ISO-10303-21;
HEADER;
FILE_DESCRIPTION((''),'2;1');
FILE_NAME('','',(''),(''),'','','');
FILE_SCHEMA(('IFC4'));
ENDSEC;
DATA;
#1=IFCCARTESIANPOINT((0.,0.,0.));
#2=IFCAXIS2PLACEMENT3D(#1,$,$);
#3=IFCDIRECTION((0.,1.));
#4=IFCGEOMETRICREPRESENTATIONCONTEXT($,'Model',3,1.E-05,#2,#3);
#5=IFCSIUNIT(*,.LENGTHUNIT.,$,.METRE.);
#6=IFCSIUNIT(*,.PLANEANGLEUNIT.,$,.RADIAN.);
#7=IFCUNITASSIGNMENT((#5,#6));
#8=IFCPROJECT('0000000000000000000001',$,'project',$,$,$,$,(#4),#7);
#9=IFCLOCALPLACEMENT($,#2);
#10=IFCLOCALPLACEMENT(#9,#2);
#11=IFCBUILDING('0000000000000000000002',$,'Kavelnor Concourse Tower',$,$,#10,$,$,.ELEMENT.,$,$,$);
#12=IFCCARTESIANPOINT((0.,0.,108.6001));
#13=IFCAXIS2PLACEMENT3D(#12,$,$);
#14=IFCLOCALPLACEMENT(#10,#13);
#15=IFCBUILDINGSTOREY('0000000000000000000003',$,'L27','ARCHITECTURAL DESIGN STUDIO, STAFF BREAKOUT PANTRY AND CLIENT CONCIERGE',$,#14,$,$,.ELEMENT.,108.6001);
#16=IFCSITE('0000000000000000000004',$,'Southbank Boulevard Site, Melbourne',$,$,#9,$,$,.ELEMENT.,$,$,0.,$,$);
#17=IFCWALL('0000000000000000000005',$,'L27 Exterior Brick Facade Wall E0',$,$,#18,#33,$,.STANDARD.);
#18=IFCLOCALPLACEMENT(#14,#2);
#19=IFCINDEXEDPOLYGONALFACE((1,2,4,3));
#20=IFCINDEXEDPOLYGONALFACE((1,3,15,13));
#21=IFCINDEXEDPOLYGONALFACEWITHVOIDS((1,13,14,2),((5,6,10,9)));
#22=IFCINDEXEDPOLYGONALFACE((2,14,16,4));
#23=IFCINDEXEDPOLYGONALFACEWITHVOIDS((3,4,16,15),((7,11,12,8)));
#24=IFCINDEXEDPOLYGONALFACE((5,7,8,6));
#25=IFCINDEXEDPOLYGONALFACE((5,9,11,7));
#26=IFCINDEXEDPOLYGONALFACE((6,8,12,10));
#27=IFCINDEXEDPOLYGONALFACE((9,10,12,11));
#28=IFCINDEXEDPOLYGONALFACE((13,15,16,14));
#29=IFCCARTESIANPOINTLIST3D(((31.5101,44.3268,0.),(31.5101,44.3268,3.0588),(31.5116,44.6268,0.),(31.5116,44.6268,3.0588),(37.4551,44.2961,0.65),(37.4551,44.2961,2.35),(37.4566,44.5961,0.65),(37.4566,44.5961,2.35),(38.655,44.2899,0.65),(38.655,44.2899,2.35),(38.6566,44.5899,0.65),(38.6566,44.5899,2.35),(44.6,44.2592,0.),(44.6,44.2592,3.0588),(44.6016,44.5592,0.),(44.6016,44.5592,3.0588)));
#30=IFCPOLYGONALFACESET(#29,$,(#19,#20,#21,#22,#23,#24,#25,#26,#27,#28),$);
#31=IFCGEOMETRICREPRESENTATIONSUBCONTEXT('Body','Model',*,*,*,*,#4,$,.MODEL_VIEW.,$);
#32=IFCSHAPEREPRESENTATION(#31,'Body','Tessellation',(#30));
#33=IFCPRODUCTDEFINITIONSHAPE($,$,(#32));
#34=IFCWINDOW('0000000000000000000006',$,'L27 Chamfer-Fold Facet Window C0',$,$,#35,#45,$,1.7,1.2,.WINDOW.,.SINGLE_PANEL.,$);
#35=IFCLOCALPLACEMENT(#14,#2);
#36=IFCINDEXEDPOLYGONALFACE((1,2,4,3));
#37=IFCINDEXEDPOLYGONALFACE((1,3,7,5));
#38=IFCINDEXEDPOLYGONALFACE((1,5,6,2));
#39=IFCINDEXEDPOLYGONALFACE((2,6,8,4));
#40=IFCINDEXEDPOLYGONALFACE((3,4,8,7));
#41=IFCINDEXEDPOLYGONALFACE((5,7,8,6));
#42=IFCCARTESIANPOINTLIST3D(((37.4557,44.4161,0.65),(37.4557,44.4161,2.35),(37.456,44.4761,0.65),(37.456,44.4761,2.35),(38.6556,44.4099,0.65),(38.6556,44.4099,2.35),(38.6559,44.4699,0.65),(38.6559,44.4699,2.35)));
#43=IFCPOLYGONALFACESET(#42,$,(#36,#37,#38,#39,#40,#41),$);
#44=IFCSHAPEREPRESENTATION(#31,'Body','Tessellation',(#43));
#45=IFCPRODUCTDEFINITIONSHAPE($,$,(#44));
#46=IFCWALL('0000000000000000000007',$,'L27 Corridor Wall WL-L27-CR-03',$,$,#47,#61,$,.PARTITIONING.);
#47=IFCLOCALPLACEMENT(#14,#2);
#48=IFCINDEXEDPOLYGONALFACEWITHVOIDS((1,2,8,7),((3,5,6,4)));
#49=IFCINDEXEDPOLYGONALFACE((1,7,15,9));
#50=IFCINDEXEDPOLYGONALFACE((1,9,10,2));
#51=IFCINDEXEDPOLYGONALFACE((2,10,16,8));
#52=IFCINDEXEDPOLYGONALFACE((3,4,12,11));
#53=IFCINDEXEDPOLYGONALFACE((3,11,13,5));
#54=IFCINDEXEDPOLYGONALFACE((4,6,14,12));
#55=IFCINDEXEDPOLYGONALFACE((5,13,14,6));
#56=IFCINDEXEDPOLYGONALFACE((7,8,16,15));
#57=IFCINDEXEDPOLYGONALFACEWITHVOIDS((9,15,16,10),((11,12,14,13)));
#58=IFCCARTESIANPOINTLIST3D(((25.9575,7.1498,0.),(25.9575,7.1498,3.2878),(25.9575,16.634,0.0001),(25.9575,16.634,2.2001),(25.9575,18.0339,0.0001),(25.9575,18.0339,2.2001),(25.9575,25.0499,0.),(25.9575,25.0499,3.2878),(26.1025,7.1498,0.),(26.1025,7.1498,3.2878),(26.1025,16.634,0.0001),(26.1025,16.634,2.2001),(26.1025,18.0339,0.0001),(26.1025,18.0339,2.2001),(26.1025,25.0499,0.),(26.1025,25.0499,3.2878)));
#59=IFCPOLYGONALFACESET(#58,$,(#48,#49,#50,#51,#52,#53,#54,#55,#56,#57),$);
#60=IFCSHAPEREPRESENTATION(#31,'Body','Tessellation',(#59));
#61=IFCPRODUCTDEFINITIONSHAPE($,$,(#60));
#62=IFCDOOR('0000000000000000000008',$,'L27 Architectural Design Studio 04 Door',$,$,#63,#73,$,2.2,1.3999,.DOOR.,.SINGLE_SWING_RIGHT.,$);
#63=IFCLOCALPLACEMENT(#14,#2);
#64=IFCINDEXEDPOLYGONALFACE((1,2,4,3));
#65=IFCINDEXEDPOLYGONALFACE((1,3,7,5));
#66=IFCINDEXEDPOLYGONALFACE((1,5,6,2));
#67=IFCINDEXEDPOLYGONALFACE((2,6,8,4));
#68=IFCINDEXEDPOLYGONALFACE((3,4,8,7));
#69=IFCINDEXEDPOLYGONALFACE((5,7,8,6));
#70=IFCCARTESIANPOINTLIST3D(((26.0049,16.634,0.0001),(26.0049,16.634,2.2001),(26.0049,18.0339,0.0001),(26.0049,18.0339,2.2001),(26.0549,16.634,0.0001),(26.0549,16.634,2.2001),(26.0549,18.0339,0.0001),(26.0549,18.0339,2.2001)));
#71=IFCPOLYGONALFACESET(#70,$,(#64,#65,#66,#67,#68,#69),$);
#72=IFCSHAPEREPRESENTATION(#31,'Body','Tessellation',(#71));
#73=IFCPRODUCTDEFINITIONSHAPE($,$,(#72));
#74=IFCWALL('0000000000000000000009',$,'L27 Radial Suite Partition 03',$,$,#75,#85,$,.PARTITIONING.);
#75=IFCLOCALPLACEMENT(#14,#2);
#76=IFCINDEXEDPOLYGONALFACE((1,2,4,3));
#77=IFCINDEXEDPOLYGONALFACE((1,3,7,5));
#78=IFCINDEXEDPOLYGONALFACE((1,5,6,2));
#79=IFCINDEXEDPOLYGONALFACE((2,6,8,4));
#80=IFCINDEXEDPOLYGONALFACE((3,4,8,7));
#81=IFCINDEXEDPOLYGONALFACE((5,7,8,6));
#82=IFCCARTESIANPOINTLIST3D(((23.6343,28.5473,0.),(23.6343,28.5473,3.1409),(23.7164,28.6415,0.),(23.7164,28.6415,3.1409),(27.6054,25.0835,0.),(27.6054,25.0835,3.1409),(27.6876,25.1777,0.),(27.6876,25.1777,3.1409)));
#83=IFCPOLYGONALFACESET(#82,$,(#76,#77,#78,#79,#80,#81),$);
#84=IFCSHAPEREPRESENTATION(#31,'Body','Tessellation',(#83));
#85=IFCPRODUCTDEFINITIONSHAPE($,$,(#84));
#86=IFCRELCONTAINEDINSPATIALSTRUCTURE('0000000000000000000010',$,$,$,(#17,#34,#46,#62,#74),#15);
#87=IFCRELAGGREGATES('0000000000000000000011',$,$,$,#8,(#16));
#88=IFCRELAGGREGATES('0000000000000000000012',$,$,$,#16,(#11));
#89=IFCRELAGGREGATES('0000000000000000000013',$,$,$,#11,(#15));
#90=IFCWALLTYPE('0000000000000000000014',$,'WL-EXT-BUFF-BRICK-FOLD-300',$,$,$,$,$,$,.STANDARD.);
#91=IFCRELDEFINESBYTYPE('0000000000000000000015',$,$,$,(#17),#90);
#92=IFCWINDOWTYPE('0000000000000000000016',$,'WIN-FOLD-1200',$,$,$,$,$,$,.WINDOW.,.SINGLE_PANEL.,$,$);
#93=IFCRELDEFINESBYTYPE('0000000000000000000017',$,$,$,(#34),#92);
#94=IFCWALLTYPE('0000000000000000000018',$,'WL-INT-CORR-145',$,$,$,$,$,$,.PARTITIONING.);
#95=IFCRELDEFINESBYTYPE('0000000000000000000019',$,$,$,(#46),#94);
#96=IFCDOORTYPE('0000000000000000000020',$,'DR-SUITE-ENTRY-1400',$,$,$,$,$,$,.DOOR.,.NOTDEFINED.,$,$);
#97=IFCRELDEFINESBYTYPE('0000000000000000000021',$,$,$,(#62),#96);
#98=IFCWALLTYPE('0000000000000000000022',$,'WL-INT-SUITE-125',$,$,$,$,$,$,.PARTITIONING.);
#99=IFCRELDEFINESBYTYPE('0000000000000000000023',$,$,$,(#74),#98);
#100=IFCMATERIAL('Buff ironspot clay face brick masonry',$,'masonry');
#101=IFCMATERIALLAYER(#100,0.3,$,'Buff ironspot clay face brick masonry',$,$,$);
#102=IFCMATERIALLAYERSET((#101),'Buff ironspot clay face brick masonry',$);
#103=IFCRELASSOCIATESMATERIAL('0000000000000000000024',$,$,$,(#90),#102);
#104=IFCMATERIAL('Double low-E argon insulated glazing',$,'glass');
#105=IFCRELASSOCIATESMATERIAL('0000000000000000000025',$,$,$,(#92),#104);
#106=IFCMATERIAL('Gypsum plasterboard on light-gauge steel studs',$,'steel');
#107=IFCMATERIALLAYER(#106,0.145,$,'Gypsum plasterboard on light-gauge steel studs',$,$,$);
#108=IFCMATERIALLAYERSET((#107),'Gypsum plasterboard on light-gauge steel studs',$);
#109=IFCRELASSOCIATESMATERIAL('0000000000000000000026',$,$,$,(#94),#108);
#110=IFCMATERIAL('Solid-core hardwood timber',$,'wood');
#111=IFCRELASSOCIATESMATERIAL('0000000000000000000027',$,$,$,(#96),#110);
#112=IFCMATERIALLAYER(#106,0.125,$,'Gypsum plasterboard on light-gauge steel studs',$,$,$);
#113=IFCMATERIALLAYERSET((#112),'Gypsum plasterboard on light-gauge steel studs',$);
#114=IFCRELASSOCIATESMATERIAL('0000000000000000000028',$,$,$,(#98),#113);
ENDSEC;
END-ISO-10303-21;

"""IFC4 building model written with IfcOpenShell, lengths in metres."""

from ifc_helpers import new_model, si_unit, direction, frame, frame_2d, origin, place, context, subcontext, project, spatial, rectangle, extrude, material, layer, layer_set, type_object, element, fill, save


model = new_model("IFC4")

# Units and contexts
model_context = context("Model", 3, precision=1e-05, world=origin(), true_north=direction((0.0, 1.0)))
body_context = subcontext(model_context, "Body", "Model", "MODEL_VIEW")
ifc_project = project(units=[si_unit("LENGTHUNIT", "METRE"), si_unit("PLANEANGLEUNIT", "RADIAN")], contexts=[model_context])

# Site, building, storey
site_placement = place(None, origin())
site = spatial("IfcSite", under=ifc_project, at=site_placement, Name="Southbank Boulevard Site, Melbourne", CompositionType="ELEMENT", RefElevation=0.0)
building_placement = place(site_placement, origin())
building = spatial("IfcBuilding", under=site, at=building_placement, Name="Kavelnor Concourse Tower", CompositionType="ELEMENT")
storey_placement = place(building_placement, frame((0.0, 0.0, 108.6001)))
storey = spatial("IfcBuildingStorey", under=building, at=storey_placement, Name="L27", Description="ARCHITECTURAL DESIGN STUDIO, STAFF BREAKOUT PANTRY AND CLIENT CONCIERGE", CompositionType="ELEMENT", Elevation=108.6001)

# Wall, opening, window
ifc_material_1 = material(Name="Buff ironspot clay face brick masonry", Category="masonry")
ifc_layer_1 = layer(ifc_material_1, 0.3, Name="Buff ironspot clay face brick masonry")
ifc_layer_set_1 = layer_set([ifc_layer_1], Name="Buff ironspot clay face brick masonry")
wall_type_1 = type_object("IfcWallType", Name="WL-EXT-BUFF-BRICK-FOLD-300", PredefinedType="STANDARD", material=ifc_layer_set_1)
wall_1_placement = place(storey_placement, frame((31.511, 44.4768, 0.0), z_axis=(0.0, 0.0, 1.0), x_axis=(0.999987, -0.005166, 0.0)))
wall_1 = element("IfcWall", 1, at=wall_1_placement, inside=storey, type_object=wall_type_1, Name="L27 Exterior Brick Facade Wall E0", PredefinedType="STANDARD", context=body_context, shape_type="SweptSolid", body=[
    extrude(rectangle(XDim=13.0901, YDim=0.3, at=frame_2d((6.5449, 0.0))), origin(), (0.0, 0.0, 1.0), 3.0588),
])
opening_1_placement = place(wall_1_placement, frame((5.9448, 0.0, 0.6499)))
opening_1 = element("IfcOpeningElement", 2, at=opening_1_placement, cuts=wall_1, PredefinedType="OPENING", context=body_context, shape_type="SweptSolid", body=[
    extrude(rectangle(XDim=1.2, YDim=1.7, at=frame_2d((0.6001, 0.8501))), frame((0.0, 0.1602, 0.0), z_axis=(0.0, -1.0, 0.0), x_axis=(1.0, 0.0, 0.0)), (0.0, 0.0, 1.0), 0.3201),
])
ifc_material_2 = material(Name="Double low-E argon insulated glazing", Category="glass")
window_type = type_object("IfcWindowType", Name="WIN-FOLD-1200", PartitioningType="SINGLE_PANEL", PredefinedType="WINDOW", material=ifc_material_2)
window_placement = place(opening_1_placement, origin())
window = element("IfcWindow", 3, at=window_placement, inside=storey, type_object=window_type, Name="L27 Chamfer-Fold Facet Window C0", OverallHeight=1.7, OverallWidth=1.2, PartitioningType="SINGLE_PANEL", PredefinedType="WINDOW", context=body_context, shape_type="SweptSolid", body=[
    extrude(rectangle(XDim=1.2, YDim=1.7, at=frame_2d((0.6001, 0.8501))), frame((0.0, 0.03, 0.0), z_axis=(0.0, -1.0, 0.0), x_axis=(1.0, 0.0, 0.0)), (0.0, 0.0, 1.0), 0.0601),
])
fill(opening_1, window)

# Wall, opening, door
ifc_material_3 = material(Name="Gypsum plasterboard on light-gauge steel studs", Category="steel")
ifc_layer_2 = layer(ifc_material_3, 0.145, Name="Gypsum plasterboard on light-gauge steel studs")
ifc_layer_set_2 = layer_set([ifc_layer_2], Name="Gypsum plasterboard on light-gauge steel studs")
wall_type_2 = type_object("IfcWallType", Name="WL-INT-CORR-145", PredefinedType="PARTITIONING", material=ifc_layer_set_2)
wall_2_placement = place(storey_placement, frame((26.03, 25.05, 0.0), z_axis=(0.0, 0.0, 1.0), x_axis=(0.0, -1.0, 0.0)))
wall_2 = element("IfcWall", 4, at=wall_2_placement, inside=storey, type_object=wall_type_2, Name="L27 Corridor Wall WL-L27-CR-03", PredefinedType="PARTITIONING", context=body_context, shape_type="SweptSolid", body=[
    extrude(rectangle(XDim=17.9001, YDim=0.145, at=frame_2d((8.9502, 0.0))), origin(), (0.0, 0.0, 1.0), 3.2878),
])
opening_2_placement = place(wall_2_placement, frame((7.0161, 0.0, 0.0)))
opening_2 = element("IfcOpeningElement", 5, at=opening_2_placement, cuts=wall_2, PredefinedType="OPENING", context=body_context, shape_type="SweptSolid", body=[
    extrude(rectangle(XDim=1.3999, YDim=2.2, at=frame_2d((0.7, 1.1001))), frame((0.0, 0.0825, 0.0), z_axis=(0.0, -1.0, 0.0), x_axis=(1.0, 0.0, 0.0)), (0.0, 0.0, 1.0), 0.165),
])
ifc_material_4 = material(Name="Solid-core hardwood timber", Category="wood")
door_type = type_object("IfcDoorType", Name="DR-SUITE-ENTRY-1400", OperationType="NOTDEFINED", PredefinedType="DOOR", material=ifc_material_4)
door_placement = place(opening_2_placement, origin())
door = element("IfcDoor", 6, at=door_placement, inside=storey, type_object=door_type, Name="L27 Architectural Design Studio 04 Door", OperationType="SINGLE_SWING_RIGHT", OverallHeight=2.2, OverallWidth=1.3999, PredefinedType="DOOR", context=body_context, shape_type="SweptSolid", body=[
    extrude(rectangle(XDim=1.3999, YDim=2.2, at=frame_2d((0.7, 1.1001))), frame((0.0, 0.0249, 0.0), z_axis=(0.0, -1.0, 0.0), x_axis=(1.0, 0.0, 0.0)), (0.0, 0.0, 1.0), 0.05),
])
fill(opening_2, door)

# Wall
ifc_layer_3 = layer(ifc_material_3, 0.125, Name="Gypsum plasterboard on light-gauge steel studs")
ifc_layer_set_3 = layer_set([ifc_layer_3], Name="Gypsum plasterboard on light-gauge steel studs")
wall_type_3 = type_object("IfcWallType", Name="WL-INT-SUITE-125", PredefinedType="PARTITIONING", material=ifc_layer_set_3)
wall_3_placement = place(storey_placement, frame((27.6465, 25.1306, 0.0), z_axis=(0.0, 0.0, 1.0), x_axis=(-0.753603, 0.65733, 0.0)))
element("IfcWall", 7, at=wall_3_placement, inside=storey, type_object=wall_type_3, Name="L27 Radial Suite Partition 03", PredefinedType="PARTITIONING", context=body_context, shape_type="SweptSolid", body=[
    extrude(rectangle(XDim=5.2695, YDim=0.125, at=frame_2d((2.6348, 0.0))), origin(), (0.0, 0.0, 1.0), 3.1409),
])

save(model, "model.ifc")
